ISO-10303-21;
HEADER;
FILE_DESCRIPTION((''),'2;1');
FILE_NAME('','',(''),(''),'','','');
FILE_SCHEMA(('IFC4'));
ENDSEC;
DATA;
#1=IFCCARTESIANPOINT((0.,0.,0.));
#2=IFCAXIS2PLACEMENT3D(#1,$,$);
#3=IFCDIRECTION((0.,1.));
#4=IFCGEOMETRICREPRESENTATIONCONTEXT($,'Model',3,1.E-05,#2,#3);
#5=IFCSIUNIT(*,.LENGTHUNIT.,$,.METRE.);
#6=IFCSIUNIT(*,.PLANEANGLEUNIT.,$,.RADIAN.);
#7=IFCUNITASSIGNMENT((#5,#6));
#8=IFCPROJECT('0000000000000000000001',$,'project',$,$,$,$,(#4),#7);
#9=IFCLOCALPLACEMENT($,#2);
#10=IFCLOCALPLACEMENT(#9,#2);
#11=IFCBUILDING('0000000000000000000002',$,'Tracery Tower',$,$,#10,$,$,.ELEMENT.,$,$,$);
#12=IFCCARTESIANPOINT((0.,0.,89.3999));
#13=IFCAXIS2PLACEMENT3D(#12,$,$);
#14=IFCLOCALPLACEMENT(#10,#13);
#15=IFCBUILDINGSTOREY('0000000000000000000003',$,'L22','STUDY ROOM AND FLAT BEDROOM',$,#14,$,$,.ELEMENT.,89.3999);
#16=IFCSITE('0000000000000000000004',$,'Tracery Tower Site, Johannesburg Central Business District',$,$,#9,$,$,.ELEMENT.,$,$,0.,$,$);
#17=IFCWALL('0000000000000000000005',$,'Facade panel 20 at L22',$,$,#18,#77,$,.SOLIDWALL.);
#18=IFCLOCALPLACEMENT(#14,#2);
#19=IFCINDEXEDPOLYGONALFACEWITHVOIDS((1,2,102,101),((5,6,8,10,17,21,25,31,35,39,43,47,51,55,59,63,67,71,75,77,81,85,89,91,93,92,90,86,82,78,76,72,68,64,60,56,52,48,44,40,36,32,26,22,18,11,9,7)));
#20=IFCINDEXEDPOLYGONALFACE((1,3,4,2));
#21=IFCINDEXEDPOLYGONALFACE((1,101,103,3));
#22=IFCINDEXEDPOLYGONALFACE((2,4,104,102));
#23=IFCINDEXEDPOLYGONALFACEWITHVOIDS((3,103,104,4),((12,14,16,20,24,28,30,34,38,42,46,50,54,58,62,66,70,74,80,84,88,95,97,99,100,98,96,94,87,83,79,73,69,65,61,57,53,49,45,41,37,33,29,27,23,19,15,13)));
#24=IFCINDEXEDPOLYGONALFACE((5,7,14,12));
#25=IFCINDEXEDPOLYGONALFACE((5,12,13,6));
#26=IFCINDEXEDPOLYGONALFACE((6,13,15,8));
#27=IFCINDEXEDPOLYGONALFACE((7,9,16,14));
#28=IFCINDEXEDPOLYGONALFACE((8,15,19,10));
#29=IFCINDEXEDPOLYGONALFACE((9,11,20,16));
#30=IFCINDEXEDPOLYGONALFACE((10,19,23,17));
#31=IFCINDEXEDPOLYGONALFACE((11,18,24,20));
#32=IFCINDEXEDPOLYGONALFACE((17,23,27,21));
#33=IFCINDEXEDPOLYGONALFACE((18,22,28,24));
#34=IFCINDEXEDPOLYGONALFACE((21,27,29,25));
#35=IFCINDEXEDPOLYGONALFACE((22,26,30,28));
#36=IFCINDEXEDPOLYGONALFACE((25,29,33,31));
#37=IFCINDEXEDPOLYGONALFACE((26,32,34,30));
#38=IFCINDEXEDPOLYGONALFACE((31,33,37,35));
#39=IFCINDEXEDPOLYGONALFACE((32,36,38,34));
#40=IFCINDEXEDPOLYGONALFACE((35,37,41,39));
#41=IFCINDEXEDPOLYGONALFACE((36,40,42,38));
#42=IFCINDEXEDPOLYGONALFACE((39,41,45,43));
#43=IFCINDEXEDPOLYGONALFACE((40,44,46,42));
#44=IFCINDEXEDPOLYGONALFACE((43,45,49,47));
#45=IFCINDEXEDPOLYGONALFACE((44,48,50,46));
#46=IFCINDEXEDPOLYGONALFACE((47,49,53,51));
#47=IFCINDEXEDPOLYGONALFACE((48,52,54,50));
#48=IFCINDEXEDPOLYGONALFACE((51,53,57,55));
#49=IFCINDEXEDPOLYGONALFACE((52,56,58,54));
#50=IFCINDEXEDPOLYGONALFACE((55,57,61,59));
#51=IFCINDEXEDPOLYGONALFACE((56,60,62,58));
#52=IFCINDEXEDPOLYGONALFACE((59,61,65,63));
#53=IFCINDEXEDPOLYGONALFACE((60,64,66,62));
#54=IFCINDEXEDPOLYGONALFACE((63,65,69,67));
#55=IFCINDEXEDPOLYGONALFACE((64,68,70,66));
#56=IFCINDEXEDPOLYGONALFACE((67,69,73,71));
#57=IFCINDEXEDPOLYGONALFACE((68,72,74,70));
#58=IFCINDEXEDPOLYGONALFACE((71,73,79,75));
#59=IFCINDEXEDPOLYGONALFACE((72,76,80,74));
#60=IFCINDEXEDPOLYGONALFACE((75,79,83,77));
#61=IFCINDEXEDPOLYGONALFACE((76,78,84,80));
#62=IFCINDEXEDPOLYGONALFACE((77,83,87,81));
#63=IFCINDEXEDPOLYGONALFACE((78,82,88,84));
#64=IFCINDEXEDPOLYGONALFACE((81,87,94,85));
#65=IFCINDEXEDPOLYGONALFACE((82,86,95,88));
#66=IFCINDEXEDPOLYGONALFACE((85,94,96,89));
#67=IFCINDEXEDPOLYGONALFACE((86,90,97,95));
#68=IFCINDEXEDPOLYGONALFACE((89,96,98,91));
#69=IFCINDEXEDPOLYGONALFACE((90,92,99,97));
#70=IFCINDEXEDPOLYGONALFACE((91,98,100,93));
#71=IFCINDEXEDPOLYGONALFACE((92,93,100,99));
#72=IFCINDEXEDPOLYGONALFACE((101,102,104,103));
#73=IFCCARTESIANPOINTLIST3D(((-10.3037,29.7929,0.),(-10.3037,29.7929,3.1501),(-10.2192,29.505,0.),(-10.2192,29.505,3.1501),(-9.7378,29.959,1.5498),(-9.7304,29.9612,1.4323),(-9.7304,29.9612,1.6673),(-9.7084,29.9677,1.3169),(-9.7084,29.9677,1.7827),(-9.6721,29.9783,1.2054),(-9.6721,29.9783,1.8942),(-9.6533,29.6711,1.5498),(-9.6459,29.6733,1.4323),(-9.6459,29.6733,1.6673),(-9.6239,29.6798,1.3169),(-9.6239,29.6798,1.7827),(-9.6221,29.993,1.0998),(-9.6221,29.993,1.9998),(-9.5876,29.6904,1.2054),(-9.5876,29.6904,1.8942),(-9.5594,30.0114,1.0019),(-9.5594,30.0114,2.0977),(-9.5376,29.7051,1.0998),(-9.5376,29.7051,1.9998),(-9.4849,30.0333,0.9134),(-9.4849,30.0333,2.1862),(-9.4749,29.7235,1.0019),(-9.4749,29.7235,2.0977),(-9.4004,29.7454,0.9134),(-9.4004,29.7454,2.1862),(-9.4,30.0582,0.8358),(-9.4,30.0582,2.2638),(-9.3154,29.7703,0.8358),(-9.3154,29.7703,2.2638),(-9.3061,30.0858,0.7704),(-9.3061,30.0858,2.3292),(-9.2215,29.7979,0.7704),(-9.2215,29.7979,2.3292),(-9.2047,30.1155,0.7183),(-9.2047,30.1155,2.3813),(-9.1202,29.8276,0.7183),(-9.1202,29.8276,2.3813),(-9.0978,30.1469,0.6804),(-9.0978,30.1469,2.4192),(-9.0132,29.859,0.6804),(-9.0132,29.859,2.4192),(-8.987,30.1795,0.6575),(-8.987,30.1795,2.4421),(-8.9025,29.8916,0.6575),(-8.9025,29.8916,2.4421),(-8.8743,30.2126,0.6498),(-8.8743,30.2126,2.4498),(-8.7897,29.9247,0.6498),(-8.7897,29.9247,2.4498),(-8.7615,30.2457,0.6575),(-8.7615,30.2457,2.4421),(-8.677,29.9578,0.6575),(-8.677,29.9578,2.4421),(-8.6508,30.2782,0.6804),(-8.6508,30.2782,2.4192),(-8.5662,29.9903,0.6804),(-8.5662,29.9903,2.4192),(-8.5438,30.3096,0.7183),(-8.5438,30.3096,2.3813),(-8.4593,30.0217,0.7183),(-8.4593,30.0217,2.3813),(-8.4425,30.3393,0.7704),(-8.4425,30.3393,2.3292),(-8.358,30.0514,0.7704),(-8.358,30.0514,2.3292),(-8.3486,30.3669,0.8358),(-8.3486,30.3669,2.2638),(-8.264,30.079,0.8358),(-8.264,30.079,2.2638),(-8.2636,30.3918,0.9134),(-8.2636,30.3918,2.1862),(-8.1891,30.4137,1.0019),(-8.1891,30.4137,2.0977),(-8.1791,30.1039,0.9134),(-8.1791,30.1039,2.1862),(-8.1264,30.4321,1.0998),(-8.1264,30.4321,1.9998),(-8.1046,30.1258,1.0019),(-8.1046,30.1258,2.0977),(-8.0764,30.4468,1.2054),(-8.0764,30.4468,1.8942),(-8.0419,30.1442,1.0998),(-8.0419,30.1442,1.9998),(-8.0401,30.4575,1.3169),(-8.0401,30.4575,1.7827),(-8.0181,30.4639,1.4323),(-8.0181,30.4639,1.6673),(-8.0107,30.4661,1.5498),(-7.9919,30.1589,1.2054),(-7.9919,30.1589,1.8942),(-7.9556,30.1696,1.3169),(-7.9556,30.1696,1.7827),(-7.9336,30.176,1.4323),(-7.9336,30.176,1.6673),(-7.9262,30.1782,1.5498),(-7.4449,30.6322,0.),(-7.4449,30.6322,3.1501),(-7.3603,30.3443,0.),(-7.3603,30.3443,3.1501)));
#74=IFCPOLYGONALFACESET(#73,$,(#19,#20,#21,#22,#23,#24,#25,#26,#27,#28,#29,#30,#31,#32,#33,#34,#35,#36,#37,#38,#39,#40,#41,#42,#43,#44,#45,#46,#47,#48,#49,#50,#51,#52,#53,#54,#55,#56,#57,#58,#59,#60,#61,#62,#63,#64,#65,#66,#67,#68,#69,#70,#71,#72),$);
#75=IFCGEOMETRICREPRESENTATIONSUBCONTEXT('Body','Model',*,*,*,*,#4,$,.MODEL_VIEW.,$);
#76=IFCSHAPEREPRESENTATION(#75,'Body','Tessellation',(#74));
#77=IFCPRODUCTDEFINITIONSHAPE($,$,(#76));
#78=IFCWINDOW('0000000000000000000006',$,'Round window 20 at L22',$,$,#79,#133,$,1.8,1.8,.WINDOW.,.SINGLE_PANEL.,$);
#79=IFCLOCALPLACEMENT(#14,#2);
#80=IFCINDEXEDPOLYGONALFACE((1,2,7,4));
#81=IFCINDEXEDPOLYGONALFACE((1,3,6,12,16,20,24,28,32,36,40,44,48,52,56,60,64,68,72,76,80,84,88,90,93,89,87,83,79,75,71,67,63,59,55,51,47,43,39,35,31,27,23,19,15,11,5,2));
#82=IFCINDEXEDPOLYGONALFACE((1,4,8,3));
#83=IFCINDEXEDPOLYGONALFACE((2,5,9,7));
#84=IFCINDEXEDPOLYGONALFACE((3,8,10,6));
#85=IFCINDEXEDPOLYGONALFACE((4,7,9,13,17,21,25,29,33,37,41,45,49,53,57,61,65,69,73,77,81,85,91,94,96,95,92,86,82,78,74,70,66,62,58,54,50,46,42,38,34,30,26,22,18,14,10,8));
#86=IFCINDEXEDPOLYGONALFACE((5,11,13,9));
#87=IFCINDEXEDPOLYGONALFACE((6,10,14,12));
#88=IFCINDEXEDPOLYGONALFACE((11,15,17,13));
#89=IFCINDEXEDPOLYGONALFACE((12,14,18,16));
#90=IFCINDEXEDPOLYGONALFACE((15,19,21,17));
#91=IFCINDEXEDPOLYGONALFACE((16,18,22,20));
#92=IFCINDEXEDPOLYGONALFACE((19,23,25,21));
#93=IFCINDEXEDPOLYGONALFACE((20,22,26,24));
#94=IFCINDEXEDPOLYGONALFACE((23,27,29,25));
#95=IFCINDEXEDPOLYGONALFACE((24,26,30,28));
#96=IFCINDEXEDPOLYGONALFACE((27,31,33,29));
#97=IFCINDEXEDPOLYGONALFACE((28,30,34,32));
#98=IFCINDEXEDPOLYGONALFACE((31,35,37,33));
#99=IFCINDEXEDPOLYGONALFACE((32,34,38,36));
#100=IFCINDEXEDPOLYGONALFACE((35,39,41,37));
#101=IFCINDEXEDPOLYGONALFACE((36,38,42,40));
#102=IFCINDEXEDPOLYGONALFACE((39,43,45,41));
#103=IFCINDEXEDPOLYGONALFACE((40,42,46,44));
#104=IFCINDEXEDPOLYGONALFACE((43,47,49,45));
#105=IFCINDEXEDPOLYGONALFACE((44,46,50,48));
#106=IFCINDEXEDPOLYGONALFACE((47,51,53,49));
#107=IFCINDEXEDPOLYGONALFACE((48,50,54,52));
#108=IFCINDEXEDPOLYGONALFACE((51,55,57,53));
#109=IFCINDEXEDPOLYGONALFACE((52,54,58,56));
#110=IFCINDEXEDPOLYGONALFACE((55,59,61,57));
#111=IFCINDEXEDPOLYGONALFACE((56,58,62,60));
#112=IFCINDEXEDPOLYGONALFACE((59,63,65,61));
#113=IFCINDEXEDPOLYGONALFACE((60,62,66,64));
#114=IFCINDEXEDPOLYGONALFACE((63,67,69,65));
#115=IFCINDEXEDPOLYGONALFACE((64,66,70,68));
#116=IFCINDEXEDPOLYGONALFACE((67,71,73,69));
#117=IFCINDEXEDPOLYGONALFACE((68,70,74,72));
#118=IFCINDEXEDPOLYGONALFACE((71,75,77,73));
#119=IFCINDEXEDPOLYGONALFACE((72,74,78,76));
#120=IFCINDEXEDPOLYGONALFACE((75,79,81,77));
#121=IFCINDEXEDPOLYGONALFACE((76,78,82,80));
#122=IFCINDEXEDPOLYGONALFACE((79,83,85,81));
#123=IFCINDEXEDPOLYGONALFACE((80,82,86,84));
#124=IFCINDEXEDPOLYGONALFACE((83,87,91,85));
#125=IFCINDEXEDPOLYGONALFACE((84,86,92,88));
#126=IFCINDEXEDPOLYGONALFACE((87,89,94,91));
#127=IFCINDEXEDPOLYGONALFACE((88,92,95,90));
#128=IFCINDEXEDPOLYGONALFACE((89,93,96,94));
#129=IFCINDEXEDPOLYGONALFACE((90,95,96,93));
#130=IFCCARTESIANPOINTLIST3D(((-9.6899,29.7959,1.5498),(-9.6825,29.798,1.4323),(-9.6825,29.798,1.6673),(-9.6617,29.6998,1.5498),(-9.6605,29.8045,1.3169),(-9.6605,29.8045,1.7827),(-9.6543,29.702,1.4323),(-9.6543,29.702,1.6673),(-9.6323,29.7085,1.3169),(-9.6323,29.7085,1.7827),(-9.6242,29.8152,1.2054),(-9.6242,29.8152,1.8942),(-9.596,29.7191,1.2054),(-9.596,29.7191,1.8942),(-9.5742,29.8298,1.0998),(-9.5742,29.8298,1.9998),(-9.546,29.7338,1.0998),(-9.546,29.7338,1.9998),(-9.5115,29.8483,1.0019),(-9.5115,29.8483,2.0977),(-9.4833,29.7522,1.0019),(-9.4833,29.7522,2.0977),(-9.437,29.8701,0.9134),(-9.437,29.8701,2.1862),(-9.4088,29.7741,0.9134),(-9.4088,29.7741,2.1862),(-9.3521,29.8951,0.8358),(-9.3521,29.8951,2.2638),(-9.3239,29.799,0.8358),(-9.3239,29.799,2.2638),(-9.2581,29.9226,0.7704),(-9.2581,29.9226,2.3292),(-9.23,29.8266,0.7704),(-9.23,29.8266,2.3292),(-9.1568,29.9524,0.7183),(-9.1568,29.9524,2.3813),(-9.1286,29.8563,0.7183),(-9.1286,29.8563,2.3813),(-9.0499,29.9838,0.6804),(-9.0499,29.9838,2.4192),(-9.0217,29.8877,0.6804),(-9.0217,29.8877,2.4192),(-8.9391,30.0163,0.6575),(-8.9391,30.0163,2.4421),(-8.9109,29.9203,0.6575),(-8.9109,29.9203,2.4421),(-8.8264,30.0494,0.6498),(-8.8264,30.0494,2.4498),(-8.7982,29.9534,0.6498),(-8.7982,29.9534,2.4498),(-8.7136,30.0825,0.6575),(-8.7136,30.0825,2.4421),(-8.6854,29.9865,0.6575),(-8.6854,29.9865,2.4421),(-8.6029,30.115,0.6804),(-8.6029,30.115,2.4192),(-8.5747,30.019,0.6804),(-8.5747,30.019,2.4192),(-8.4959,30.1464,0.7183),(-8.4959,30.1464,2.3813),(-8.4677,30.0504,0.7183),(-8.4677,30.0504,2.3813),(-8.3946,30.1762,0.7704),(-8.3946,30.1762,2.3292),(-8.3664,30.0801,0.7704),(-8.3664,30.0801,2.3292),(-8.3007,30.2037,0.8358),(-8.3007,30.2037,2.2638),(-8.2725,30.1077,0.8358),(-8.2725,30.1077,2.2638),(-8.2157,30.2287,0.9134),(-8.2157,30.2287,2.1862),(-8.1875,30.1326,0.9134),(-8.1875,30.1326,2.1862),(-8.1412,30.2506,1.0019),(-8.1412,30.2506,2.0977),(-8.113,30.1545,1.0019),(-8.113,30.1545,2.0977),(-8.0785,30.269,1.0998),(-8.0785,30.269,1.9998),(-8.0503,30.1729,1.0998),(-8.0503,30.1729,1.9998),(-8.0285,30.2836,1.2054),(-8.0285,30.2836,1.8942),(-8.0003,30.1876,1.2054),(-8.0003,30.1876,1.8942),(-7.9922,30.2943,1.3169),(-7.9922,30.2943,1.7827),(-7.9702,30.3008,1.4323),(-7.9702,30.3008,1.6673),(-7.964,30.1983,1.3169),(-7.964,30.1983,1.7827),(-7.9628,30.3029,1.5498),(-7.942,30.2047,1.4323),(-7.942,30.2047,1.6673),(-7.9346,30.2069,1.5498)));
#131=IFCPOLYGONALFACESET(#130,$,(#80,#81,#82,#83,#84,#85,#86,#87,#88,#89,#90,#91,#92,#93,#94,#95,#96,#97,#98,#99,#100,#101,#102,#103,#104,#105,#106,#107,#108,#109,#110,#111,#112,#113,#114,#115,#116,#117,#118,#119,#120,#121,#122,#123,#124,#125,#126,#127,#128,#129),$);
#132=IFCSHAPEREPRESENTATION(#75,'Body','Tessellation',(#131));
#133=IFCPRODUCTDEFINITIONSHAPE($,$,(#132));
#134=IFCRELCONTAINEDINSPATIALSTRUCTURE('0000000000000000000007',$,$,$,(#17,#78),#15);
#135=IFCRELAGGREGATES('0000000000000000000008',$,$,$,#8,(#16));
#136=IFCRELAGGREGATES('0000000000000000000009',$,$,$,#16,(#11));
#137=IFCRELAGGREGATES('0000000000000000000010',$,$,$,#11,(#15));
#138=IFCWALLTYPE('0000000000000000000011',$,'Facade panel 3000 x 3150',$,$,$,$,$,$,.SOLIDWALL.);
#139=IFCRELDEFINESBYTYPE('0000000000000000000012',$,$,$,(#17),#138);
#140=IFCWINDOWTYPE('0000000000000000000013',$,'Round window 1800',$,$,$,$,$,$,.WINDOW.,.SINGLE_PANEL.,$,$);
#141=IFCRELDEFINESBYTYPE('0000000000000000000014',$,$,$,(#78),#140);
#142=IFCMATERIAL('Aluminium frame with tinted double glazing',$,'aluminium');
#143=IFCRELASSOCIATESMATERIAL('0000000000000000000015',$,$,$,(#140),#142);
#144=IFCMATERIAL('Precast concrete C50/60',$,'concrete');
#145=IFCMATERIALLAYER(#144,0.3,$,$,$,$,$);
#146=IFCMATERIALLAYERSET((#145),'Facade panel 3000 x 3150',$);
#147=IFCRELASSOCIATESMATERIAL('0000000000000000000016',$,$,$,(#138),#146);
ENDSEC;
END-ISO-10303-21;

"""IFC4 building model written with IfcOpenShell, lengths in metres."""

from ifc_helpers import new_model, si_unit, direction, frame, frame_2d, origin, origin_2d, place, context, subcontext, project, spatial, rectangle, circle, extrude, material, layer, layer_set, type_object, element, fill, save


model = new_model("IFC4")

# Units and contexts
model_context = context("Model", 3, precision=1e-05, world=origin(), true_north=direction((0.0, 1.0)))
body_context = subcontext(model_context, "Body", "Model", "MODEL_VIEW")
ifc_project = project(units=[si_unit("LENGTHUNIT", "METRE"), si_unit("PLANEANGLEUNIT", "RADIAN")], contexts=[model_context])

# Site, building, storey
site_placement = place(None, origin())
site = spatial("IfcSite", under=ifc_project, at=site_placement, Name="Tracery Tower Site, Johannesburg Central Business District", CompositionType="ELEMENT", RefElevation=0.0)
building_placement = place(site_placement, origin())
building = spatial("IfcBuilding", under=site, at=building_placement, Name="Tracery Tower", CompositionType="ELEMENT")
storey_placement = place(building_placement, frame((0.0, 0.0, 89.3999)))
storey = spatial("IfcBuildingStorey", under=building, at=storey_placement, Name="L22", Description="STUDY ROOM AND FLAT BEDROOM", CompositionType="ELEMENT", Elevation=89.3999)

# Wall, opening, window
ifc_material_1 = material(Name="Aluminium frame with tinted double glazing", Category="aluminium")
window_type = type_object("IfcWindowType", Name="Round window 1800", PartitioningType="SINGLE_PANEL", PredefinedType="WINDOW", material=ifc_material_1)
ifc_material_2 = material(Name="Precast concrete C50/60", Category="concrete")
ifc_layer_1 = layer(ifc_material_2, 0.3)
ifc_layer_set_1 = layer_set([ifc_layer_1], Name="Facade panel 3000 x 3150")
wall_type_1 = type_object("IfcWallType", Name="Facade panel 3000 x 3150", PredefinedType="SOLIDWALL", material=ifc_layer_set_1)
wall_1_placement = place(storey_placement, frame((-7.4026, 30.4883, 0.0), z_axis=(0.0, 0.0, 1.0), x_axis=(-0.959501, -0.281705, 0.0)))
wall_1 = element("IfcWall", 1, at=wall_1_placement, inside=storey, type_object=wall_type_1, Name="Facade panel 20 at L22", PredefinedType="SOLIDWALL", context=body_context, shape_type="SweptSolid", body=[
    extrude(rectangle(XDim=2.9795, YDim=0.3, at=frame_2d((1.4897, 0.0))), origin(), (0.0, 0.0, 1.0), 3.1501),
])
opening_1_placement = place(wall_1_placement, frame((1.4897, 0.0, 1.5498)))
opening_1 = element("IfcOpeningElement", 2, at=opening_1_placement, cuts=wall_1, PredefinedType="OPENING", context=body_context, shape_type="SweptSolid", body=[
    extrude(circle(Radius=0.9, at=origin_2d()), frame((0.0, 0.1599, 0.0), z_axis=(0.0, -1.0, 0.0), x_axis=(1.0, 0.0, 0.0)), (0.0, 0.0, 1.0), 0.3201),
])
window_1_placement = place(opening_1_placement, origin())
window_1 = element("IfcWindow", 3, at=window_1_placement, inside=storey, type_object=window_type, Name="Round window 20 at L22", OverallHeight=1.8, OverallWidth=1.8, PartitioningType="SINGLE_PANEL", PredefinedType="WINDOW", context=body_context, shape_type="SweptSolid", body=[
    extrude(circle(Radius=0.9, at=origin_2d()), frame((0.0, 0.1201, 0.0), z_axis=(0.0, -1.0, 0.0), x_axis=(1.0, 0.0, 0.0)), (0.0, 0.0, 1.0), 0.1001),
])
fill(opening_1, window_1)

save(model, "model.ifc")
